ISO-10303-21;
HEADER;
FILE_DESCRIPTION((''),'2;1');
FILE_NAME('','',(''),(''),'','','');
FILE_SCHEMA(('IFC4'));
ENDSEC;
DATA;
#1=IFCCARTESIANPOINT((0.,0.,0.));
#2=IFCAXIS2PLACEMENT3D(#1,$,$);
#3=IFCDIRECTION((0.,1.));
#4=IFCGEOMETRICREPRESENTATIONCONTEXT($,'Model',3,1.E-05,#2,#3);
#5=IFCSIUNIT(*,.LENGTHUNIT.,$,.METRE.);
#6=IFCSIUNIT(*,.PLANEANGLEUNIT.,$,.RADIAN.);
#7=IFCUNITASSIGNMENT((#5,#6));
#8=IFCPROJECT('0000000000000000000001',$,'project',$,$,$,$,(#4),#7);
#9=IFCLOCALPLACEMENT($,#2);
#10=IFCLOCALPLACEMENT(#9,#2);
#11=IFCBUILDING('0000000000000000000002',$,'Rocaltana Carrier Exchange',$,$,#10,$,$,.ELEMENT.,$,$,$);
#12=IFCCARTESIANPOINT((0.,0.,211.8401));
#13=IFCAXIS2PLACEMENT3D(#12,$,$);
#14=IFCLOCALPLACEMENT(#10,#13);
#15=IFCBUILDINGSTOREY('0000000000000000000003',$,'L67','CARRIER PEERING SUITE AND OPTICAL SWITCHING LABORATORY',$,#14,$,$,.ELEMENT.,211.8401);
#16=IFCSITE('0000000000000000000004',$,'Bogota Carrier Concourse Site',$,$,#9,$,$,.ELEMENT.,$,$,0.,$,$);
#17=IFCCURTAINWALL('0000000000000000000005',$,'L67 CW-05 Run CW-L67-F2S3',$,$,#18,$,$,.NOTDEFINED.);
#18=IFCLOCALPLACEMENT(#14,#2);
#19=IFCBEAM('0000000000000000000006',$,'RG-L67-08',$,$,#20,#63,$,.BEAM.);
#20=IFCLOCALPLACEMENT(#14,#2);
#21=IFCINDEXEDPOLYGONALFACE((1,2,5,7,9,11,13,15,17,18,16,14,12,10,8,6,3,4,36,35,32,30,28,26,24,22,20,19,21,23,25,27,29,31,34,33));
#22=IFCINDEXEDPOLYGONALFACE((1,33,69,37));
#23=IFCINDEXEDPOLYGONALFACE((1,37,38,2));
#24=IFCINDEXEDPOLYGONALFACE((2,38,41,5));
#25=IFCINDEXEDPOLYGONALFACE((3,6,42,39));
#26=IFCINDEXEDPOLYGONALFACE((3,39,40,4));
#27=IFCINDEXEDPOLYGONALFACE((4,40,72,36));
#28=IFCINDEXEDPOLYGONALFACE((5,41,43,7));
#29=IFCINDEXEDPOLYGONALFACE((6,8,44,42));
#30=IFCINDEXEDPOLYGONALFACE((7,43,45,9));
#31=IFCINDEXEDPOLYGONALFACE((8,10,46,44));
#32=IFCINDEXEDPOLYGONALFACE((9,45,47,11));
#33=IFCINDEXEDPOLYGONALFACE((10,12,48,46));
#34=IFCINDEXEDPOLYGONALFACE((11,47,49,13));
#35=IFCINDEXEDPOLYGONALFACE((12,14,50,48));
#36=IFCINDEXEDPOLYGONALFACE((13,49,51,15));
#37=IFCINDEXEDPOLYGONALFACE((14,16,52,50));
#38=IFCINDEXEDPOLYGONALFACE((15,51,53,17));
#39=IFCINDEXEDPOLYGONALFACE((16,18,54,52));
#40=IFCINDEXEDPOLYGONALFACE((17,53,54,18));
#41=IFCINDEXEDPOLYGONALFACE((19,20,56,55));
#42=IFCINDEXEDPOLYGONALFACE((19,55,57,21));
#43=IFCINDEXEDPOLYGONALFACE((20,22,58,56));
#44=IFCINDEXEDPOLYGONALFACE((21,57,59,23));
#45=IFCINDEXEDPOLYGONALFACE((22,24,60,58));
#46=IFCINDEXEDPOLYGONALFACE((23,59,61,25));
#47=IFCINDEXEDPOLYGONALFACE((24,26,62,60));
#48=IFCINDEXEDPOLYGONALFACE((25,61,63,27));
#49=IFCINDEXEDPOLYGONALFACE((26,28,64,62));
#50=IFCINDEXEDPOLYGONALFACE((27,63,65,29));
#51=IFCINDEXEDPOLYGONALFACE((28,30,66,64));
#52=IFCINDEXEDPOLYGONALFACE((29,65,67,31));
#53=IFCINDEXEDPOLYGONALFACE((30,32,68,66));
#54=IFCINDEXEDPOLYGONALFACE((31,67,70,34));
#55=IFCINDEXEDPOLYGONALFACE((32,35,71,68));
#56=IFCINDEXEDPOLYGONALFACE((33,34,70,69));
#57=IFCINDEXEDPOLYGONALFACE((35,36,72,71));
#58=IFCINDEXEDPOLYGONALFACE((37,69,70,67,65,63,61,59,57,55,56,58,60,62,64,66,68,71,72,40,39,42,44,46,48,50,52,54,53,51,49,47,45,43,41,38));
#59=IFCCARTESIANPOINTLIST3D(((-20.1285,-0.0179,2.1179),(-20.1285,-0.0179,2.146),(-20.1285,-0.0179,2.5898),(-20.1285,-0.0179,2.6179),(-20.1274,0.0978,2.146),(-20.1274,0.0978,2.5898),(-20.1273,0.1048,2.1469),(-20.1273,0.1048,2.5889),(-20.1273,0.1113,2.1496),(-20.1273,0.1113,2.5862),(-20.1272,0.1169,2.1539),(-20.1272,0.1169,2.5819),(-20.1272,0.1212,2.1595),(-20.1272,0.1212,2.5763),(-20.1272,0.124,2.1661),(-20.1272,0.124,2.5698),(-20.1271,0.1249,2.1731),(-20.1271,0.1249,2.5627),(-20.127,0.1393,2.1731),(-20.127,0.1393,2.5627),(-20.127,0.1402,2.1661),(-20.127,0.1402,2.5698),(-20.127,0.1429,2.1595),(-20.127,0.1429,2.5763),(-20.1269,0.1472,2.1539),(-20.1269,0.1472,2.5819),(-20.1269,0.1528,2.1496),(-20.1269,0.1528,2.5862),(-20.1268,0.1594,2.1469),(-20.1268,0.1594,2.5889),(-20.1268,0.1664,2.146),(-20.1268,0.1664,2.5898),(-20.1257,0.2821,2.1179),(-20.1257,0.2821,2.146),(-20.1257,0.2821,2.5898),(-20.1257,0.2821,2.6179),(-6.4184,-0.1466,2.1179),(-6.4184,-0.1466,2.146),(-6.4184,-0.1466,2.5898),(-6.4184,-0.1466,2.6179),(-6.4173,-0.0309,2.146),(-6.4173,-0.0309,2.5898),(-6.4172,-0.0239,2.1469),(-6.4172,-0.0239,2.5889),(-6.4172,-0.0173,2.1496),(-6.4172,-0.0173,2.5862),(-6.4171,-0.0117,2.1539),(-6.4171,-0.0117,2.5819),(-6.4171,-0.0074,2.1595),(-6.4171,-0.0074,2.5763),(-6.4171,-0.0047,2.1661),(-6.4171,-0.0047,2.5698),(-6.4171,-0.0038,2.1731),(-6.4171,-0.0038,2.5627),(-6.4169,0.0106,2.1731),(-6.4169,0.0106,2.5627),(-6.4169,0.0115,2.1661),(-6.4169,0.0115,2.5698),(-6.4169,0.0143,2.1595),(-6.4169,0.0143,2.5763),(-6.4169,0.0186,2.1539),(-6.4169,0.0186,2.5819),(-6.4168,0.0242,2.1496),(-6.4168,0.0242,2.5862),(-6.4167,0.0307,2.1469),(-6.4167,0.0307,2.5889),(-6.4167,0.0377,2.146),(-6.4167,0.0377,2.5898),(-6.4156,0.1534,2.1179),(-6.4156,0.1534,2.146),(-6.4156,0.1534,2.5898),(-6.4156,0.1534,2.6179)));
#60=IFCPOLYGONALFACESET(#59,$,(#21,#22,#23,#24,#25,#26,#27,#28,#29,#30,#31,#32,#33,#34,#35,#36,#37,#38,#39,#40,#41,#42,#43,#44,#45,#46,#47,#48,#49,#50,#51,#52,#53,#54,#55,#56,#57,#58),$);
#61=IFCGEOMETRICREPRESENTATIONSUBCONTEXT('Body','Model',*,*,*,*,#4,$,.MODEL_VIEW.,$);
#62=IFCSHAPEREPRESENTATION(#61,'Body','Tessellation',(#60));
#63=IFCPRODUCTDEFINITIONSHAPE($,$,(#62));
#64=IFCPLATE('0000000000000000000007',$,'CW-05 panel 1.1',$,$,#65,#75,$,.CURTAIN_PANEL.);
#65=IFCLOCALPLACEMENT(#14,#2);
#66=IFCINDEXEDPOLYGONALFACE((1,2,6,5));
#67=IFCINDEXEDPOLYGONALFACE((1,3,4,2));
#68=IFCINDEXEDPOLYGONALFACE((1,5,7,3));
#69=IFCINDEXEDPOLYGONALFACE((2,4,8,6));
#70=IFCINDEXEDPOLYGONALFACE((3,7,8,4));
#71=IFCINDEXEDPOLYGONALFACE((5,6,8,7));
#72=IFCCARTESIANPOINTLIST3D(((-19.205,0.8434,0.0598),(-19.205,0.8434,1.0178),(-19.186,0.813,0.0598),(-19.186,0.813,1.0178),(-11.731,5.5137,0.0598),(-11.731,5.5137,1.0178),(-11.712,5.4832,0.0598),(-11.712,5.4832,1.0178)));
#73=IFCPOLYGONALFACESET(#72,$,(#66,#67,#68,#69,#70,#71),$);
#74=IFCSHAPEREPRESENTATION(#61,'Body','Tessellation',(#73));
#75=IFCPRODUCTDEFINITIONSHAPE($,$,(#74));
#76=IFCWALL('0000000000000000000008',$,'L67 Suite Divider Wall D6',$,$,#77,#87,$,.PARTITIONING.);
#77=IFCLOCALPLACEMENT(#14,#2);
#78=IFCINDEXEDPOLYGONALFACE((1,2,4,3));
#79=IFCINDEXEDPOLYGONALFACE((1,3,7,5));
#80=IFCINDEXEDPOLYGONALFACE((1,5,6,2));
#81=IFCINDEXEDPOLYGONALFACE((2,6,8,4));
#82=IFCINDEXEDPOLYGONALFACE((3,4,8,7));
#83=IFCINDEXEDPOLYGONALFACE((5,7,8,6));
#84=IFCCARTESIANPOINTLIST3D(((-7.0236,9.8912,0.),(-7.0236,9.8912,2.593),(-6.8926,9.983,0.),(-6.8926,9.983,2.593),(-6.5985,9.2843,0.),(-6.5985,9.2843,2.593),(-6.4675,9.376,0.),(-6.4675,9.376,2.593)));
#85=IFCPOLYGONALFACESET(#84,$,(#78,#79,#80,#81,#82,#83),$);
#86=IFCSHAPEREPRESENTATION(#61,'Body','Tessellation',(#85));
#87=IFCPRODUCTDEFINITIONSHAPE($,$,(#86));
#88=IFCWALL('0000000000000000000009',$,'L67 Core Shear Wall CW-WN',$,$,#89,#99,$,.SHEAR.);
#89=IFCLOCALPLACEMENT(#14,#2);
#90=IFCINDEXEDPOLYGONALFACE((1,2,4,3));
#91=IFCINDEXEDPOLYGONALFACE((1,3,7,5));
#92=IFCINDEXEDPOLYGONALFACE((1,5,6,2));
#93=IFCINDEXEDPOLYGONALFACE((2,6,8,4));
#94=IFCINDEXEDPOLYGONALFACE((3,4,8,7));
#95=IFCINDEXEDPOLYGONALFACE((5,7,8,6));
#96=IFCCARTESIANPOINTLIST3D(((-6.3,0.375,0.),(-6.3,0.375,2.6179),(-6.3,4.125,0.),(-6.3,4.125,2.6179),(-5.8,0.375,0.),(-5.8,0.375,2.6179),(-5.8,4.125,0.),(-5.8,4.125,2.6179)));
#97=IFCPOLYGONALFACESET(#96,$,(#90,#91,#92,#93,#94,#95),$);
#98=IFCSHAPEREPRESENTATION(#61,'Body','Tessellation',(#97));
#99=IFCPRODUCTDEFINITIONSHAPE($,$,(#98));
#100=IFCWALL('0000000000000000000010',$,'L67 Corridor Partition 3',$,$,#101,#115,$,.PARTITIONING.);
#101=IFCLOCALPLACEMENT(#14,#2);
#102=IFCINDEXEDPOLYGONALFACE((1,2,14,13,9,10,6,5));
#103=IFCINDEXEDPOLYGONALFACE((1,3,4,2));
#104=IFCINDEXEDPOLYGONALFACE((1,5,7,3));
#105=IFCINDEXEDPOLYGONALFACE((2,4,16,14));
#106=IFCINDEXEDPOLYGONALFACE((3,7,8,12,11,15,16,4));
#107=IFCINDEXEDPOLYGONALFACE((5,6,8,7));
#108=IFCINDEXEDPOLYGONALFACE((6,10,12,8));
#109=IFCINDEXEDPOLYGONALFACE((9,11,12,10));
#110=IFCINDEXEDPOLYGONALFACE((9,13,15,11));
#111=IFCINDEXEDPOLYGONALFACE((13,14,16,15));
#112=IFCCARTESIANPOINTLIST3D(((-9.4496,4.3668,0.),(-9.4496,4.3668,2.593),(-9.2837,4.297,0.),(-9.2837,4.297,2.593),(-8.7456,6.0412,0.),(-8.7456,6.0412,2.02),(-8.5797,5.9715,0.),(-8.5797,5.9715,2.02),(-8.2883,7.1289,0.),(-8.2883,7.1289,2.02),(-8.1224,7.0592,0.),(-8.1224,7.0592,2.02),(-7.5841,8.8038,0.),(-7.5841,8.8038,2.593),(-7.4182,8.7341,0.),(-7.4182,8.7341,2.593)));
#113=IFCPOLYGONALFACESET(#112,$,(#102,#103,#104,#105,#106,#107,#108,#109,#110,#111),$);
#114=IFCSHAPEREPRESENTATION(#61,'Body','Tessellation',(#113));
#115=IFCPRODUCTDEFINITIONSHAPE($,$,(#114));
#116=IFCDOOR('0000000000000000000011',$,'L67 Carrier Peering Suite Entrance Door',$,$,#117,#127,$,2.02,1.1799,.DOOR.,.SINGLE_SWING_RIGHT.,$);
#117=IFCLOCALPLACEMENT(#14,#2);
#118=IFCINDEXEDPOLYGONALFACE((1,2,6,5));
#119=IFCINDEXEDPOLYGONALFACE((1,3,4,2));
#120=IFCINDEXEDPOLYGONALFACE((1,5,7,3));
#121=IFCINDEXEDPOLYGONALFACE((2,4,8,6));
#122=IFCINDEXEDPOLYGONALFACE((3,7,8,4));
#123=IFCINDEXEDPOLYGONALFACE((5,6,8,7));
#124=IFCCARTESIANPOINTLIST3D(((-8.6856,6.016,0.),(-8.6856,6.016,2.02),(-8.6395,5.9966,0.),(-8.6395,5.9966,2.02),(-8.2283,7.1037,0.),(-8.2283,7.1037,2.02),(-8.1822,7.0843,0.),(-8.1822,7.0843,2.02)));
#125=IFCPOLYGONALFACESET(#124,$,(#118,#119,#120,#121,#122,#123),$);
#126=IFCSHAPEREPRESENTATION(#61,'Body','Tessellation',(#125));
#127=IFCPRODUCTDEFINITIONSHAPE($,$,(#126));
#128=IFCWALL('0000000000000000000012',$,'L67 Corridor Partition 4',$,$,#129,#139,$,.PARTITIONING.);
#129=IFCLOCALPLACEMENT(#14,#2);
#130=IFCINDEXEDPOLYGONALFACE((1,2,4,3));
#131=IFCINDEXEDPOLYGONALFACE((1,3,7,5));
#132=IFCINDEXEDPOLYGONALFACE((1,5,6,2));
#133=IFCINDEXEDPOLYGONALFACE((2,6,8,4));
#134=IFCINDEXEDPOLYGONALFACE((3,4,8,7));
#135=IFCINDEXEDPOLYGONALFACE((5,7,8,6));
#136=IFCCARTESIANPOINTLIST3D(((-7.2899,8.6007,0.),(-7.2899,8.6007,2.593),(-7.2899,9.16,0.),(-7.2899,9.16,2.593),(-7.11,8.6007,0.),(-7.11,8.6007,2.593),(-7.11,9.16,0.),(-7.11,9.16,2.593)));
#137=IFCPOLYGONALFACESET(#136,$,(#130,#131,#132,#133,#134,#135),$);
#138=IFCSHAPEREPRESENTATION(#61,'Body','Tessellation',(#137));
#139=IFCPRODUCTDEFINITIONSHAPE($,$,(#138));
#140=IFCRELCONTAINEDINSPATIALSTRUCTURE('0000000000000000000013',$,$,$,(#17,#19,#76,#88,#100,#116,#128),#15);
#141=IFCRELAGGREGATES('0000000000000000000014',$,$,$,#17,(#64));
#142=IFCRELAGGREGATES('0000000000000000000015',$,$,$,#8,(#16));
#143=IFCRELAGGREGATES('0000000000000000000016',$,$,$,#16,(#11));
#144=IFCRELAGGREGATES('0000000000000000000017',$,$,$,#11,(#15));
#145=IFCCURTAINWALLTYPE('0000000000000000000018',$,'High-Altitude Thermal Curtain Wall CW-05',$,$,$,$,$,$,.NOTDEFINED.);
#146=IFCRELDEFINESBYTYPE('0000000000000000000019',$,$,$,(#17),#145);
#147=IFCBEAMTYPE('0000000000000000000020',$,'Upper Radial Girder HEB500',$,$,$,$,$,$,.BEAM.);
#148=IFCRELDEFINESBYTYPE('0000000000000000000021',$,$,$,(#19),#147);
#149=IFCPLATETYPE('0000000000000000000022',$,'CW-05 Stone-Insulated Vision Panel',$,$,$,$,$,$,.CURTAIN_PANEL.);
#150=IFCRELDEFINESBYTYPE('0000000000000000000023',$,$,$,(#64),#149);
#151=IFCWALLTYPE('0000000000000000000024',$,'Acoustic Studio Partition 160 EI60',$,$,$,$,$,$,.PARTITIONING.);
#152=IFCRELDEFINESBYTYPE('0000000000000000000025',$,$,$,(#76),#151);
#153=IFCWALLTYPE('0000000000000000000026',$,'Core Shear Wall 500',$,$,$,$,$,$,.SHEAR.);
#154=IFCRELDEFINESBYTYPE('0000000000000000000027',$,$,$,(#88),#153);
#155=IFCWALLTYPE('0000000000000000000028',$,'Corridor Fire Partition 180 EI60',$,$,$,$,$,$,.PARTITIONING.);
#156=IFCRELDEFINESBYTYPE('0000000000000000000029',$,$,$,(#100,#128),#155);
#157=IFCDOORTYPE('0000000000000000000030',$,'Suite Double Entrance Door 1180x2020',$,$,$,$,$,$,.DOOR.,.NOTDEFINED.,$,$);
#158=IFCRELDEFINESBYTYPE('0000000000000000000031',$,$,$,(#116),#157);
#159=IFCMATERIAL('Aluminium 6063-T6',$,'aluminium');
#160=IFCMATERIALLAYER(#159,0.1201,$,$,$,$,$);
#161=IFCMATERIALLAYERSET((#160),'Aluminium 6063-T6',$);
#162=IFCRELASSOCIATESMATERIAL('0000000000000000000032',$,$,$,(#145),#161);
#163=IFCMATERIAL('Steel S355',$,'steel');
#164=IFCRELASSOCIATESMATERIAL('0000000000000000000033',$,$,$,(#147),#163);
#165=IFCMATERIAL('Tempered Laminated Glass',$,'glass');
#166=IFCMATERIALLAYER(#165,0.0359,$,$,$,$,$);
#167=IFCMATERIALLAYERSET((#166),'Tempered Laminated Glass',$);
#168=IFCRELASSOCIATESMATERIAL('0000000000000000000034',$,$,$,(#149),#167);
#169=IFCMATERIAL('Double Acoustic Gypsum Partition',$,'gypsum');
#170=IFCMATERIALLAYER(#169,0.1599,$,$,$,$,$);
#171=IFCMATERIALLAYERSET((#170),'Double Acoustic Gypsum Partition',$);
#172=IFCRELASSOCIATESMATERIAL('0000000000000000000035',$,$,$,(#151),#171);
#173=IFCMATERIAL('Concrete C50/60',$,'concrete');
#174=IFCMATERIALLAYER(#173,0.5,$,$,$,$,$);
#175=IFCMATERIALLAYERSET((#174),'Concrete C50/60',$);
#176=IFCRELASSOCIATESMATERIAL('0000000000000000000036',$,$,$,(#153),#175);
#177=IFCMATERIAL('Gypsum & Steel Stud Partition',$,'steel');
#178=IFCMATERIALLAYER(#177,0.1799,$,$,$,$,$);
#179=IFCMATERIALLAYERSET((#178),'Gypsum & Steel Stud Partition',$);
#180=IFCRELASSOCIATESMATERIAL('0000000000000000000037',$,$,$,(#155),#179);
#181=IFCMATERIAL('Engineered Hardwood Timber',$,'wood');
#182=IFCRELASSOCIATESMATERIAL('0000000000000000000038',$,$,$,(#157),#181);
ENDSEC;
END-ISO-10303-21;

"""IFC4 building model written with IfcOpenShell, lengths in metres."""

from ifc_helpers import new_model, si_unit, direction, frame, frame_2d, origin, origin_2d, place, context, subcontext, project, spatial, rectangle, i_section, extrude, material, layer, layer_set, material_profile, profile_set, type_object, element, fill, aggregate, save


model = new_model("IFC4")

# Units and contexts
model_context = context("Model", 3, precision=1e-05, world=origin(), true_north=direction((0.0, 1.0)))
body_context = subcontext(model_context, "Body", "Model", "MODEL_VIEW")
ifc_project = project(units=[si_unit("LENGTHUNIT", "METRE"), si_unit("PLANEANGLEUNIT", "RADIAN")], contexts=[model_context])

# Site, building, storey
site_placement = place(None, origin())
site = spatial("IfcSite", under=ifc_project, at=site_placement, Name="Bogota Carrier Concourse Site", CompositionType="ELEMENT", RefElevation=0.0)
building_placement = place(site_placement, origin())
building = spatial("IfcBuilding", under=site, at=building_placement, Name="Rocaltana Carrier Exchange", CompositionType="ELEMENT")
storey_placement = place(building_placement, frame((0.0, 0.0, 211.8401)))
storey = spatial("IfcBuildingStorey", under=building, at=storey_placement, Name="L67", Description="CARRIER PEERING SUITE AND OPTICAL SWITCHING LABORATORY", CompositionType="ELEMENT", Elevation=211.8401)

# Shared definitions
ifc_material_1 = material(Name="Aluminium 6063-T6", Category="aluminium")
ifc_layer_1 = layer(ifc_material_1, 0.1201)
ifc_layer_set_1 = layer_set([ifc_layer_1], Name="Aluminium 6063-T6")
curtain_wall_type = type_object("IfcCurtainWallType", Name="High-Altitude Thermal Curtain Wall CW-05", PredefinedType="NOTDEFINED", material=ifc_layer_set_1)

# Curtain wall
curtain_wall_1_placement = place(storey_placement, origin())
curtain_wall_1 = element("IfcCurtainWall", 1, at=curtain_wall_1_placement, inside=storey, type_object=curtain_wall_type, Name="L67 CW-05 Run CW-L67-F2S3", PredefinedType="NOTDEFINED")

# Beam
ifc_material_2 = material(Name="Steel S355", Category="steel")
ifc_material_profile_1 = material_profile(ifc_material_2, i_section(OverallWidth=0.3, OverallDepth=0.5, WebThickness=0.0144, FlangeThickness=0.0281, FilletRadius=0.0271, at=origin_2d()), Name="HEB500")
ifc_profile_set_1 = profile_set([ifc_material_profile_1], Name="Steel S355")
beam_type_1 = type_object("IfcBeamType", Name="Upper Radial Girder HEB500", PredefinedType="BEAM", material=ifc_profile_set_1)
beam_1_placement = place(storey_placement, frame((-6.417, 0.0034, 2.3679), z_axis=(-0.999956, 0.009384, 0.0), x_axis=(-0.009384, -0.999956, 0.0)))
element("IfcBeam", 2, at=beam_1_placement, inside=storey, type_object=beam_type_1, Name="RG-L67-08", PredefinedType="BEAM", context=body_context, shape_type="SweptSolid", body=[
    extrude(i_section(OverallWidth=0.3, OverallDepth=0.5, WebThickness=0.0144, FlangeThickness=0.0281, FilletRadius=0.0271, at=origin_2d()), origin(), (0.0, 0.0, 1.0), 13.7107),
])

# Plate
ifc_material_3 = material(Name="Tempered Laminated Glass", Category="glass")
ifc_layer_2 = layer(ifc_material_3, 0.0359)
ifc_layer_set_2 = layer_set([ifc_layer_2], Name="Tempered Laminated Glass")
plate_type = type_object("IfcPlateType", Name="CW-05 Stone-Insulated Vision Panel", PredefinedType="CURTAIN_PANEL", material=ifc_layer_set_2)
plate_placement = place(storey_placement, frame((-15.4585, 3.1633, 0.0598), z_axis=(0.0, 0.0, 1.0), x_axis=(-0.84805, -0.529915, 0.0)))
plate = element("IfcPlate", 3, at=plate_placement, type_object=plate_type, Name="CW-05 panel 1.1", PredefinedType="CURTAIN_PANEL", context=body_context, shape_type="SweptSolid", body=[
    extrude(rectangle(XDim=8.8132, YDim=0.0359, at=origin_2d()), origin(), (0.0, 0.0, 1.0), 0.958),
])
aggregate(curtain_wall_1, [plate])

# Walls
ifc_material_4 = material(Name="Double Acoustic Gypsum Partition", Category="gypsum")
ifc_layer_3 = layer(ifc_material_4, 0.1599)
ifc_layer_set_3 = layer_set([ifc_layer_3], Name="Double Acoustic Gypsum Partition")
wall_type_1 = type_object("IfcWallType", Name="Acoustic Studio Partition 160 EI60", PredefinedType="PARTITIONING", material=ifc_layer_set_3)
wall_1_placement = place(storey_placement, frame((-6.533, 9.3301, 0.0), z_axis=(0.0, 0.0, 1.0), x_axis=(-0.573639, 0.819108, 0.0)))
element("IfcWall", 4, at=wall_1_placement, inside=storey, type_object=wall_type_1, Name="L67 Suite Divider Wall D6", PredefinedType="PARTITIONING", context=body_context, shape_type="SweptSolid", body=[
    extrude(rectangle(XDim=0.741, YDim=0.1599, at=frame_2d((0.3706, 0.0))), origin(), (0.0, 0.0, 1.0), 2.593),
])
ifc_material_5 = material(Name="Concrete C50/60", Category="concrete")
ifc_layer_4 = layer(ifc_material_5, 0.5)
ifc_layer_set_4 = layer_set([ifc_layer_4], Name="Concrete C50/60")
wall_type_2 = type_object("IfcWallType", Name="Core Shear Wall 500", PredefinedType="SHEAR", material=ifc_layer_set_4)
wall_2_placement = place(storey_placement, frame((-6.05, 0.375, 0.0), z_axis=(0.0, 0.0, 1.0), x_axis=(0.0, 1.0, 0.0)))
element("IfcWall", 5, at=wall_2_placement, inside=storey, type_object=wall_type_2, Name="L67 Core Shear Wall CW-WN", PredefinedType="SHEAR", context=body_context, shape_type="SweptSolid", body=[
    extrude(rectangle(XDim=3.75, YDim=0.5, at=frame_2d((1.875, 0.0))), origin(), (0.0, 0.0, 1.0), 2.6179),
])

# Wall, opening, door
ifc_material_6 = material(Name="Gypsum & Steel Stud Partition", Category="steel")
ifc_layer_5 = layer(ifc_material_6, 0.1799)
ifc_layer_set_5 = layer_set([ifc_layer_5], Name="Gypsum & Steel Stud Partition")
wall_type_3 = type_object("IfcWallType", Name="Corridor Fire Partition 180 EI60", PredefinedType="PARTITIONING", material=ifc_layer_set_5)
wall_3_placement = place(storey_placement, frame((-9.3667, 4.3318, 0.0), z_axis=(0.0, 0.0, 1.0), x_axis=(0.387574, 0.921839, 0.0)))
wall_3 = element("IfcWall", 6, at=wall_3_placement, inside=storey, type_object=wall_type_3, Name="L67 Corridor Partition 3", PredefinedType="PARTITIONING", context=body_context, shape_type="SweptSolid", body=[
    extrude(rectangle(XDim=4.8132, YDim=0.1799, at=frame_2d((2.4067, 0.0))), origin(), (0.0, 0.0, 1.0), 2.593),
])
opening_1_placement = place(wall_3_placement, frame((1.8167, 0.0, 0.0)))
opening_1 = element("IfcOpeningElement", 7, at=opening_1_placement, cuts=wall_3, PredefinedType="OPENING", context=body_context, shape_type="SweptSolid", body=[
    extrude(rectangle(XDim=1.1799, YDim=2.02, at=frame_2d((0.5898, 1.01))), frame((0.0, 0.0999, 0.0), z_axis=(0.0, -1.0, 0.0), x_axis=(1.0, 0.0, 0.0)), (0.0, 0.0, 1.0), 0.2),
])
ifc_material_7 = material(Name="Engineered Hardwood Timber", Category="wood")
door_type_1 = type_object("IfcDoorType", Name="Suite Double Entrance Door 1180x2020", OperationType="NOTDEFINED", PredefinedType="DOOR", material=ifc_material_7)
door_1_placement = place(opening_1_placement, origin())
door_1 = element("IfcDoor", 8, at=door_1_placement, inside=storey, type_object=door_type_1, Name="L67 Carrier Peering Suite Entrance Door", OperationType="SINGLE_SWING_RIGHT", OverallHeight=2.02, OverallWidth=1.1799, PredefinedType="DOOR", context=body_context, shape_type="SweptSolid", body=[
    extrude(rectangle(XDim=1.1799, YDim=2.02, at=frame_2d((0.5898, 1.01))), frame((0.0, 0.0249, 0.0), z_axis=(0.0, -1.0, 0.0), x_axis=(1.0, 0.0, 0.0)), (0.0, 0.0, 1.0), 0.05),
])
fill(opening_1, door_1)

# Wall
wall_4_placement = place(storey_placement, frame((-7.2, 8.6006, 0.0), z_axis=(0.0, 0.0, 1.0), x_axis=(0.0, 1.0, 0.0)))
element("IfcWall", 9, at=wall_4_placement, inside=storey, type_object=wall_type_3, Name="L67 Corridor Partition 4", PredefinedType="PARTITIONING", context=body_context, shape_type="SweptSolid", body=[
    extrude(rectangle(XDim=0.5593, YDim=0.1799, at=frame_2d((0.2798, 0.0))), origin(), (0.0, 0.0, 1.0), 2.593),
])

save(model, "model.ifc")
